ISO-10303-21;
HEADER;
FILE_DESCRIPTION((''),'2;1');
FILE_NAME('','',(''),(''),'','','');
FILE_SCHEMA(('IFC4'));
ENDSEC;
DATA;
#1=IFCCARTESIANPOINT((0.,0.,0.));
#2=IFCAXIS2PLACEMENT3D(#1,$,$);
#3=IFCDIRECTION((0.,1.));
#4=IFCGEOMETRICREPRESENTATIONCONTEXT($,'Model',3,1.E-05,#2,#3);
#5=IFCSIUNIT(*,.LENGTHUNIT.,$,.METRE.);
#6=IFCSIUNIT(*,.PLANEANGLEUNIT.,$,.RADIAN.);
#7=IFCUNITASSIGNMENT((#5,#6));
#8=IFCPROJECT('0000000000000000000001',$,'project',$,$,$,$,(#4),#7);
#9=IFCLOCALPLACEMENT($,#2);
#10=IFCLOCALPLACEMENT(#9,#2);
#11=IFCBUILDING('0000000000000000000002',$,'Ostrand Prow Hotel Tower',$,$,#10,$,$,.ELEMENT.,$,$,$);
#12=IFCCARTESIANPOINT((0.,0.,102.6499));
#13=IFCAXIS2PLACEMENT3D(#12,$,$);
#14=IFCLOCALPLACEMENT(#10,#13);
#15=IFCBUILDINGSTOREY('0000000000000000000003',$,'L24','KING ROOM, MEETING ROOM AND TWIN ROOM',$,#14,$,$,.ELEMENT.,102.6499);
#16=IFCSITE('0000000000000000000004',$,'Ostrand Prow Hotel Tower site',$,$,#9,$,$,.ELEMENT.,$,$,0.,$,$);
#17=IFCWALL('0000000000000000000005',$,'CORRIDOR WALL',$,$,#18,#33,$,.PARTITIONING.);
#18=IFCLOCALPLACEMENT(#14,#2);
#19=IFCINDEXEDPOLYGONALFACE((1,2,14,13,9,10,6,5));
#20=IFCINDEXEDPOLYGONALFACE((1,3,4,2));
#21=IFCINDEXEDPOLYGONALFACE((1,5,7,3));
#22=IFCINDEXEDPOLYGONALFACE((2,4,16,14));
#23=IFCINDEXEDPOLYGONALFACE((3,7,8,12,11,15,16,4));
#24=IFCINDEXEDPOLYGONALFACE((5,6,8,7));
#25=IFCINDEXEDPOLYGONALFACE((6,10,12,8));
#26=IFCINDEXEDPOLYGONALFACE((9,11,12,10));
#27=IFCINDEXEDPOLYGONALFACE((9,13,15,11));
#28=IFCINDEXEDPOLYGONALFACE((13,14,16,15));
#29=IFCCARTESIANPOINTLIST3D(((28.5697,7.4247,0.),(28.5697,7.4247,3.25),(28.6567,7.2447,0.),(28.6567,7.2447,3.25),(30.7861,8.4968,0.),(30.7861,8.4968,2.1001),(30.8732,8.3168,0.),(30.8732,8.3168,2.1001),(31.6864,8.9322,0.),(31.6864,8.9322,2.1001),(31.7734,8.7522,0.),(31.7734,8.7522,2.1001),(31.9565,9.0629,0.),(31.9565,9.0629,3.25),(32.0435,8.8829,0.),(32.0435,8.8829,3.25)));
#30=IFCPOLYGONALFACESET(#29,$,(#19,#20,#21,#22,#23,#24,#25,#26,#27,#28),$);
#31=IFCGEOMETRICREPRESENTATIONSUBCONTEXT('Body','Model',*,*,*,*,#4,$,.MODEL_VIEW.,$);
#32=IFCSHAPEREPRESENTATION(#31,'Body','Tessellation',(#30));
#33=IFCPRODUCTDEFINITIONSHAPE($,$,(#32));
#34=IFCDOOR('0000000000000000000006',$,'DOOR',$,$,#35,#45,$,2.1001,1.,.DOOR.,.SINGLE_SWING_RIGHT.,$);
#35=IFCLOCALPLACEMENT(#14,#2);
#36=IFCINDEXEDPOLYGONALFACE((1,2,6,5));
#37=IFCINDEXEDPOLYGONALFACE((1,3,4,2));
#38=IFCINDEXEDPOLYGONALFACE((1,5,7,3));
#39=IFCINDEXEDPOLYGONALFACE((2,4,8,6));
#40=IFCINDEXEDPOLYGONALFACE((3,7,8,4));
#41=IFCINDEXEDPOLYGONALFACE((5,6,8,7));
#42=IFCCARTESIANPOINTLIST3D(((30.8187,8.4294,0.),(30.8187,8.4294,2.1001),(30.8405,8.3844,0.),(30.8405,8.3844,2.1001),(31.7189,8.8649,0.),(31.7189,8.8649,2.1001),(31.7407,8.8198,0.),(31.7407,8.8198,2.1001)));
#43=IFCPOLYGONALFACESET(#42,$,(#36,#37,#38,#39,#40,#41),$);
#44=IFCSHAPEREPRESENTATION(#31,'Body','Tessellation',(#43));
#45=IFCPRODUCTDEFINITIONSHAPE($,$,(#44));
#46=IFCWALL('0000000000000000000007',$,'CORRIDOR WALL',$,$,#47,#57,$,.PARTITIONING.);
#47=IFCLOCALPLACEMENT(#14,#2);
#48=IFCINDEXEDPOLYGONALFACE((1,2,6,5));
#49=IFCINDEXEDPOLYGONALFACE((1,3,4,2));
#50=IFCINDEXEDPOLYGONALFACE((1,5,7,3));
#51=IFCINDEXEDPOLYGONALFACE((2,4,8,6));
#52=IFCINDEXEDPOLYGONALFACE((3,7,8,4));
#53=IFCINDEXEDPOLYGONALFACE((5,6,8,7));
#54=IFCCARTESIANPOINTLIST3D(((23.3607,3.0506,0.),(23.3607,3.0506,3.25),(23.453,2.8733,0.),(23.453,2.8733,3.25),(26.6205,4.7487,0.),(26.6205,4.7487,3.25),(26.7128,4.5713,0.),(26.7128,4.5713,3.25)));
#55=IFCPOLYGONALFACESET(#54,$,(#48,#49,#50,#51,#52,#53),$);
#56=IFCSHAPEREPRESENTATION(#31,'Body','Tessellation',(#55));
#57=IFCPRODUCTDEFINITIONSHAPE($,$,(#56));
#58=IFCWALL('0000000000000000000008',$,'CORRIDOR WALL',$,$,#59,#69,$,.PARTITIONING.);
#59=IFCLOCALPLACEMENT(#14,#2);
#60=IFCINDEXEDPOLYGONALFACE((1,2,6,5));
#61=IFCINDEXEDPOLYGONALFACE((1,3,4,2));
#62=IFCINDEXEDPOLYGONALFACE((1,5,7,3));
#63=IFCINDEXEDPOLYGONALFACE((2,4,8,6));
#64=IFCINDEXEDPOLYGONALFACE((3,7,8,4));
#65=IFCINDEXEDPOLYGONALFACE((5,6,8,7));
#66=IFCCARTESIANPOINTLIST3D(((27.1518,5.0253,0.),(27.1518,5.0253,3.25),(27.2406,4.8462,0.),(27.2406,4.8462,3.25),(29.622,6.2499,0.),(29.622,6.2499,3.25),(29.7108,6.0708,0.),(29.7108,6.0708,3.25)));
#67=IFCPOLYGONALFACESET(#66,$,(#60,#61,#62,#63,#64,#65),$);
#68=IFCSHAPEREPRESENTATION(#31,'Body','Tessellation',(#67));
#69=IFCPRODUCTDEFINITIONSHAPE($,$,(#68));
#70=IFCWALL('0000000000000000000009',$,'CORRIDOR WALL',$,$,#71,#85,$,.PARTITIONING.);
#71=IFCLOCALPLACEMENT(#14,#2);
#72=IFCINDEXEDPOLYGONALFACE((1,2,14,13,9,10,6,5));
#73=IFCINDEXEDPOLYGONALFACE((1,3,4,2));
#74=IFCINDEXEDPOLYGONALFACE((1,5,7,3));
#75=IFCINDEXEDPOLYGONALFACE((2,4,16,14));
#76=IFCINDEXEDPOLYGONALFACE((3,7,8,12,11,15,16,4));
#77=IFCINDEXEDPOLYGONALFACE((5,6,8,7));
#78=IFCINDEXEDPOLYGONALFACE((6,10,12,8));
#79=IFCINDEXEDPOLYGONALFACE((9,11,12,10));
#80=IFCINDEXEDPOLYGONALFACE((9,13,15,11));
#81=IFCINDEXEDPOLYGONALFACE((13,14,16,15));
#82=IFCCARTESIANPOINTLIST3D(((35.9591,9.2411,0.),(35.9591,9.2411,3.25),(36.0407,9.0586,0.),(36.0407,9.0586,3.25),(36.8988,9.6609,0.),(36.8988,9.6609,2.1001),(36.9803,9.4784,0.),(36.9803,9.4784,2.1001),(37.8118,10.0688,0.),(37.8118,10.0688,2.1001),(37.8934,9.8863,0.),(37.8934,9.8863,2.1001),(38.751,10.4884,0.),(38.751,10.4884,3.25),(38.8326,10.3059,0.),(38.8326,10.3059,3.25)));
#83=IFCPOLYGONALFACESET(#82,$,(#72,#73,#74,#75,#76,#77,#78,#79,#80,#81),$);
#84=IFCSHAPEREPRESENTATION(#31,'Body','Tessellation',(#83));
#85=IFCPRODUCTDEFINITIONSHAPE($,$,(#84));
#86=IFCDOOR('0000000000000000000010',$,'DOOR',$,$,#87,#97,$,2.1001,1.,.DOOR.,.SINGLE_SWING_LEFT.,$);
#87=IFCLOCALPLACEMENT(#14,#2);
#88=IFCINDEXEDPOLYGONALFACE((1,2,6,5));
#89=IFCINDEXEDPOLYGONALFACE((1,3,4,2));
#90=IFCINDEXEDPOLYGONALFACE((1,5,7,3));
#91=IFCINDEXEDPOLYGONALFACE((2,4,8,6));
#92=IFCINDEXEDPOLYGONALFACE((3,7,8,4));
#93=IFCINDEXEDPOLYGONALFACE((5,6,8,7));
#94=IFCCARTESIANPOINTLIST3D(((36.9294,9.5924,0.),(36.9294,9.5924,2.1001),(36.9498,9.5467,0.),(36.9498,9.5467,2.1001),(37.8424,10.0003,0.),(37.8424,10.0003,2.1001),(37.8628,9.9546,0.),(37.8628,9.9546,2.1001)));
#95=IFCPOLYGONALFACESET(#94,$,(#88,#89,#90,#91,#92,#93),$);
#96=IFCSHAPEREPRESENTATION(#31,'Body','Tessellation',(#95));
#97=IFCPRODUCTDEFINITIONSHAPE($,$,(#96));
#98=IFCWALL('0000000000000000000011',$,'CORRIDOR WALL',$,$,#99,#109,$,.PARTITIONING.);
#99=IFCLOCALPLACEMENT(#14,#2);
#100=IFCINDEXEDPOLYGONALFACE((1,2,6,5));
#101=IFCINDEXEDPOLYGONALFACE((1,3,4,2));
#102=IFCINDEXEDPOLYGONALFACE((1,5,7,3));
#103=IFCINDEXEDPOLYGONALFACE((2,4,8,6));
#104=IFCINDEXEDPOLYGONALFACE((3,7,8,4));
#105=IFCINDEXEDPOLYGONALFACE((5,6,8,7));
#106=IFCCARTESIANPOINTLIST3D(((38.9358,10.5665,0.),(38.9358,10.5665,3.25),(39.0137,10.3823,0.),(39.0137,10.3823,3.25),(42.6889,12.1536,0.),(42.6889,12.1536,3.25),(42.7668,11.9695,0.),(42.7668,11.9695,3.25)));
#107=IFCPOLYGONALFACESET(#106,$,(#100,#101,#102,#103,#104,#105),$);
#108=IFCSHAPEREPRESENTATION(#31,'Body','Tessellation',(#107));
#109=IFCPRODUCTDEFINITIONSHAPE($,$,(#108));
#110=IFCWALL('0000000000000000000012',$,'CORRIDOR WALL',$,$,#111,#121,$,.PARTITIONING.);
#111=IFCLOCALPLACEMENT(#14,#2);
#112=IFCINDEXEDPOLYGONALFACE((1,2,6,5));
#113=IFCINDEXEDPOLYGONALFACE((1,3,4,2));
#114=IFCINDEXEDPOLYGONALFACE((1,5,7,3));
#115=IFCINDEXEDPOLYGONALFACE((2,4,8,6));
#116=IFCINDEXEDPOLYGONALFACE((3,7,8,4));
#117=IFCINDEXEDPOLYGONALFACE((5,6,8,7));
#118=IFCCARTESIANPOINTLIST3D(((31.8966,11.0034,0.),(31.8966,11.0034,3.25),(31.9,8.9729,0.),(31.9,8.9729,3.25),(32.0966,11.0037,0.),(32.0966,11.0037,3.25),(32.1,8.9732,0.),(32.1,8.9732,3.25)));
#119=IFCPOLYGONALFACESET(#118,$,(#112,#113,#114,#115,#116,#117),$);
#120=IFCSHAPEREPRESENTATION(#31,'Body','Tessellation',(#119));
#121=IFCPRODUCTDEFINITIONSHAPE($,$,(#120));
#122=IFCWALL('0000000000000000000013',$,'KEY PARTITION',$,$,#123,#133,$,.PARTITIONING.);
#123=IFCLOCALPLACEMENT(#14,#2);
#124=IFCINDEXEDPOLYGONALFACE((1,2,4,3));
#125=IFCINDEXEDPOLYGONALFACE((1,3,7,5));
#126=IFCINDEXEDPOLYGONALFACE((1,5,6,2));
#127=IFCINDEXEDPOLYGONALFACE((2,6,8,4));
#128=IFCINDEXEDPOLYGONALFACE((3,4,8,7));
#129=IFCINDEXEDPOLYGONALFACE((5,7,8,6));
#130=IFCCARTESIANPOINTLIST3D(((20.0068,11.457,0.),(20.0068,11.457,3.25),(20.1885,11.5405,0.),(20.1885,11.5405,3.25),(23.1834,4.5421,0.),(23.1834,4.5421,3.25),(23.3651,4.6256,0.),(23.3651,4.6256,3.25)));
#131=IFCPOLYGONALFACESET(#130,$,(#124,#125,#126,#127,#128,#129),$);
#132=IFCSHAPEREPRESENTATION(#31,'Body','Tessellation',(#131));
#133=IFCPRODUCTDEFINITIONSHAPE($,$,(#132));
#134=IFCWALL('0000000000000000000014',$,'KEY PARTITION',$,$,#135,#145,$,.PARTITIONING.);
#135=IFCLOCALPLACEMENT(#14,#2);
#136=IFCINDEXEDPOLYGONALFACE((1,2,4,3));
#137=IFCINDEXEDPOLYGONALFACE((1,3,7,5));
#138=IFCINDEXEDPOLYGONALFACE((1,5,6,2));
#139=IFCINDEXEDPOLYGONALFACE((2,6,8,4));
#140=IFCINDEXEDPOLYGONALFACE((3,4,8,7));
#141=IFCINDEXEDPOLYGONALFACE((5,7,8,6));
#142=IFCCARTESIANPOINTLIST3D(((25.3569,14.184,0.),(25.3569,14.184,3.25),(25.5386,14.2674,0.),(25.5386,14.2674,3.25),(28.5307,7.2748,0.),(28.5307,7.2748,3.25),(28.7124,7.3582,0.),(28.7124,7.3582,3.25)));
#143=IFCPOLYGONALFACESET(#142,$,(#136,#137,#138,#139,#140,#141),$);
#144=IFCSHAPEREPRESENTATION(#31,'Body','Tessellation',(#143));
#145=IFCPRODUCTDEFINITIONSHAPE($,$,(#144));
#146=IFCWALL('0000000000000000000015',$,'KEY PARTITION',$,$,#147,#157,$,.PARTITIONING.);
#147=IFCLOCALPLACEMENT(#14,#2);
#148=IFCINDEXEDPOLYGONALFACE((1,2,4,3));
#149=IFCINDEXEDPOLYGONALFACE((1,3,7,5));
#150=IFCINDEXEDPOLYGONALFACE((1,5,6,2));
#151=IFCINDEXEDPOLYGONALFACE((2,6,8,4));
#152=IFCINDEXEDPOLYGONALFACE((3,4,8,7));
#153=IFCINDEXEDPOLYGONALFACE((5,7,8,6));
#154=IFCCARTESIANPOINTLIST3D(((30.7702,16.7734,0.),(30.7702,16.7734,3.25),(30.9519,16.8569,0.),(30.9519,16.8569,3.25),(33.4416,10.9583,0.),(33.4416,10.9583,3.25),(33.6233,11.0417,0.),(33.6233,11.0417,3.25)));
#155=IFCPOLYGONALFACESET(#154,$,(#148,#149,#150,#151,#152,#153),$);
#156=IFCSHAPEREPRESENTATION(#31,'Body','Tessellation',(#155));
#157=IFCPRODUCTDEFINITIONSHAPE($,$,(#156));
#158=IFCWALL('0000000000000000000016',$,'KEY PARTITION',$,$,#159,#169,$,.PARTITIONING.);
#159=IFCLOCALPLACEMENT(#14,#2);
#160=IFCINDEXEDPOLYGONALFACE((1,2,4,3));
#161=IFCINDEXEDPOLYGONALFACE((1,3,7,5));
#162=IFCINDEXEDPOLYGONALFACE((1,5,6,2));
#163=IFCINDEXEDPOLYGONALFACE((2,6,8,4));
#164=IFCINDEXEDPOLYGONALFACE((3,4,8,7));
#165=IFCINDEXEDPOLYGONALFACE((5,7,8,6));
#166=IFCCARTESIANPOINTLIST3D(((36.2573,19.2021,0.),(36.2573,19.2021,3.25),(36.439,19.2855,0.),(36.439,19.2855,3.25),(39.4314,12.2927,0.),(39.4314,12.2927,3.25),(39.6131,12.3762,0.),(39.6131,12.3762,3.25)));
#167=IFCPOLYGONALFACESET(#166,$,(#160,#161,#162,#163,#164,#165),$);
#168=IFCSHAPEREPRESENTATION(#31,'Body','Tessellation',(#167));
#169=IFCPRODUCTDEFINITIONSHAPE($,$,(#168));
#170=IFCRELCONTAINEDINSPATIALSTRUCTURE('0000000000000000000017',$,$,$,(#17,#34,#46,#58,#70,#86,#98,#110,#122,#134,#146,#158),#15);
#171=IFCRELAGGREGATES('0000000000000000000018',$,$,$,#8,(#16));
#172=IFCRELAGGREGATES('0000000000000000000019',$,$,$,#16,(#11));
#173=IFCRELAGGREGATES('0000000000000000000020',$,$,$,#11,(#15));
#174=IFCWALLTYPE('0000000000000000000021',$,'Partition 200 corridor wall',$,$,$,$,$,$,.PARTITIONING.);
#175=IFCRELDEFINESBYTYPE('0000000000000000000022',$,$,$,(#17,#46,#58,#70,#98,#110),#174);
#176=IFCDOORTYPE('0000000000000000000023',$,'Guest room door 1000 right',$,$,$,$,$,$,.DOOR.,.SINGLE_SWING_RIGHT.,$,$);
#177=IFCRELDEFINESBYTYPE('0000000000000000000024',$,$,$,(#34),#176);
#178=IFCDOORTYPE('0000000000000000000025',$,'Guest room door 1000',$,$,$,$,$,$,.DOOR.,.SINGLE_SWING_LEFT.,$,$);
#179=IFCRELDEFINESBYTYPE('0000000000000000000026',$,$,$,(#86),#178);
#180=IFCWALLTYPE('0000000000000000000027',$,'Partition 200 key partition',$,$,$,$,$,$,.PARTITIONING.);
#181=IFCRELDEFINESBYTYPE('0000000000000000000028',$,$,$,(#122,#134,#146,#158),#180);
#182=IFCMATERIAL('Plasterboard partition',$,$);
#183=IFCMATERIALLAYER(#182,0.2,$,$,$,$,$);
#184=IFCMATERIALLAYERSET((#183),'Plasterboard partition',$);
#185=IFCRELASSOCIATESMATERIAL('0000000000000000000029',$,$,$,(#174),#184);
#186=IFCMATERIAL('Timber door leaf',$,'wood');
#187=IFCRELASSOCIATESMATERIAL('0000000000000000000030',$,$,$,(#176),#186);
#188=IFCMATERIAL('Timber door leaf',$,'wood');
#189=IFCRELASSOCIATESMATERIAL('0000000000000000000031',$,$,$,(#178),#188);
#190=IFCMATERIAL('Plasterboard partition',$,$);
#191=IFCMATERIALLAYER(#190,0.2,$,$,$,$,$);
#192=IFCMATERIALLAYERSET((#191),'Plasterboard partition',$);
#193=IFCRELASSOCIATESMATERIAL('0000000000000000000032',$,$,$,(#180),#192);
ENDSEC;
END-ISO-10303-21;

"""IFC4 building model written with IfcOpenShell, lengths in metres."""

from ifc_helpers import new_model, si_unit, direction, frame, frame_2d, origin, place, context, subcontext, project, spatial, rectangle, extrude, material, layer, layer_set, type_object, element, fill, save


model = new_model("IFC4")

# Units and contexts
model_context = context("Model", 3, precision=1e-05, world=origin(), true_north=direction((0.0, 1.0)))
body_context = subcontext(model_context, "Body", "Model", "MODEL_VIEW")
ifc_project = project(units=[si_unit("LENGTHUNIT", "METRE"), si_unit("PLANEANGLEUNIT", "RADIAN")], contexts=[model_context])

# Site, building, storey
site_placement = place(None, origin())
site = spatial("IfcSite", under=ifc_project, at=site_placement, Name="Ostrand Prow Hotel Tower site", CompositionType="ELEMENT", RefElevation=0.0)
building_placement = place(site_placement, origin())
building = spatial("IfcBuilding", under=site, at=building_placement, Name="Ostrand Prow Hotel Tower", CompositionType="ELEMENT")
storey_placement = place(building_placement, frame((0.0, 0.0, 102.6499)))
storey = spatial("IfcBuildingStorey", under=building, at=storey_placement, Name="L24", Description="KING ROOM, MEETING ROOM AND TWIN ROOM", CompositionType="ELEMENT", Elevation=102.6499)

# Wall, opening, door
ifc_material_1 = material(Name="Plasterboard partition")
ifc_layer_1 = layer(ifc_material_1, 0.2)
ifc_layer_set_1 = layer_set([ifc_layer_1], Name="Plasterboard partition")
wall_type_1 = type_object("IfcWallType", Name="Partition 200 corridor wall", PredefinedType="PARTITIONING", material=ifc_layer_set_1)
wall_1_placement = place(storey_placement, frame((32.0, 8.9729, 0.0), z_axis=(0.0, 0.0, 1.0), x_axis=(-0.900217, -0.435442, 0.0)))
wall_1 = element("IfcWall", 1, at=wall_1_placement, inside=storey, type_object=wall_type_1, Name="CORRIDOR WALL", PredefinedType="PARTITIONING", context=body_context, shape_type="SweptSolid", body=[
    extrude(rectangle(XDim=3.7622, YDim=0.2, at=frame_2d((1.8811, 0.0))), origin(), (0.0, 0.0, 1.0), 3.25),
])
opening_1_placement = place(wall_1_placement, frame((0.3, 0.0, 0.0)))
opening_1 = element("IfcOpeningElement", 2, at=opening_1_placement, cuts=wall_1, PredefinedType="OPENING", context=body_context, shape_type="SweptSolid", body=[
    extrude(rectangle(XDim=1.0, YDim=2.1001, at=frame_2d((0.5, 1.05))), frame((0.0, 0.1099, 0.0), z_axis=(0.0, -1.0, 0.0), x_axis=(1.0, 0.0, 0.0)), (0.0, 0.0, 1.0), 0.22),
])
ifc_material_2 = material(Name="Timber door leaf", Category="wood")
door_type_1 = type_object("IfcDoorType", Name="Guest room door 1000 right", OperationType="SINGLE_SWING_RIGHT", PredefinedType="DOOR", material=ifc_material_2)
door_1_placement = place(opening_1_placement, origin())
door_1 = element("IfcDoor", 3, at=door_1_placement, inside=storey, type_object=door_type_1, Name="DOOR", OperationType="SINGLE_SWING_RIGHT", OverallHeight=2.1001, OverallWidth=1.0, PredefinedType="DOOR", context=body_context, shape_type="SweptSolid", body=[
    extrude(rectangle(XDim=1.0, YDim=2.1001, at=frame_2d((0.5, 1.05))), frame((0.0, 0.0249, 0.0), z_axis=(0.0, -1.0, 0.0), x_axis=(1.0, 0.0, 0.0)), (0.0, 0.0, 1.0), 0.05),
])
fill(opening_1, door_1)

# Walls
wall_2_placement = place(storey_placement, frame((23.4067, 2.9619, 0.0), z_axis=(0.0, 0.0, 1.0), x_axis=(0.886891, 0.461978, 0.0)))
element("IfcWall", 4, at=wall_2_placement, inside=storey, type_object=wall_type_1, Name="CORRIDOR WALL", PredefinedType="PARTITIONING", context=body_context, shape_type="SweptSolid", body=[
    extrude(rectangle(XDim=3.6755, YDim=0.2, at=frame_2d((1.8379, 0.0))), origin(), (0.0, 0.0, 1.0), 3.25),
])
wall_3_placement = place(storey_placement, frame((27.1963, 4.9358, 0.0), z_axis=(0.0, 0.0, 1.0), x_axis=(0.895945, 0.444165, 0.0)))
element("IfcWall", 5, at=wall_3_placement, inside=storey, type_object=wall_type_1, Name="CORRIDOR WALL", PredefinedType="PARTITIONING", context=body_context, shape_type="SweptSolid", body=[
    extrude(rectangle(XDim=2.7571, YDim=0.2, at=frame_2d((1.3784, 0.0))), origin(), (0.0, 0.0, 1.0), 3.25),
])

# Wall, opening, door
wall_4_placement = place(storey_placement, frame((36.0, 9.1499, 0.0), z_axis=(0.0, 0.0, 1.0), x_axis=(0.91303, 0.407893, 0.0)))
wall_4 = element("IfcWall", 6, at=wall_4_placement, inside=storey, type_object=wall_type_1, Name="CORRIDOR WALL", PredefinedType="PARTITIONING", context=body_context, shape_type="SweptSolid", body=[
    extrude(rectangle(XDim=3.0579, YDim=0.2, at=frame_2d((1.5288, 0.0))), origin(), (0.0, 0.0, 1.0), 3.25),
])
opening_2_placement = place(wall_4_placement, frame((1.0291, 0.0, 0.0)))
opening_2 = element("IfcOpeningElement", 7, at=opening_2_placement, cuts=wall_4, PredefinedType="OPENING", context=body_context, shape_type="SweptSolid", body=[
    extrude(rectangle(XDim=1.0, YDim=2.1001, at=frame_2d((0.5, 1.05))), frame((0.0, 0.1099, 0.0), z_axis=(0.0, -1.0, 0.0), x_axis=(1.0, 0.0, 0.0)), (0.0, 0.0, 1.0), 0.22),
])
ifc_material_3 = material(Name="Timber door leaf", Category="wood")
door_type_2 = type_object("IfcDoorType", Name="Guest room door 1000", OperationType="SINGLE_SWING_LEFT", PredefinedType="DOOR", material=ifc_material_3)
door_2_placement = place(opening_2_placement, origin())
door_2 = element("IfcDoor", 8, at=door_2_placement, inside=storey, type_object=door_type_2, Name="DOOR", OperationType="SINGLE_SWING_LEFT", OverallHeight=2.1001, OverallWidth=1.0, PredefinedType="DOOR", context=body_context, shape_type="SweptSolid", body=[
    extrude(rectangle(XDim=1.0, YDim=2.1001, at=frame_2d((0.5, 1.05))), frame((0.0, 0.0249, 0.0), z_axis=(0.0, -1.0, 0.0), x_axis=(1.0, 0.0, 0.0)), (0.0, 0.0, 1.0), 0.05),
])
fill(opening_2, door_2)

# Walls
wall_5_placement = place(storey_placement, frame((38.9746, 10.4744, 0.0), z_axis=(0.0, 0.0, 1.0), x_axis=(0.921031, 0.389489, 0.0)))
element("IfcWall", 9, at=wall_5_placement, inside=storey, type_object=wall_type_1, Name="CORRIDOR WALL", PredefinedType="PARTITIONING", context=body_context, shape_type="SweptSolid", body=[
    extrude(rectangle(XDim=4.075, YDim=0.2, at=frame_2d((2.0376, 0.0))), origin(), (0.0, 0.0, 1.0), 3.25),
])
wall_6_placement = place(storey_placement, frame((31.9966, 11.0034, 0.0), z_axis=(0.0, 0.0, 1.0), x_axis=(0.001683, -0.999999, 0.0)))
element("IfcWall", 10, at=wall_6_placement, inside=storey, type_object=wall_type_1, Name="CORRIDOR WALL", PredefinedType="PARTITIONING", context=body_context, shape_type="SweptSolid", body=[
    extrude(rectangle(XDim=2.0305, YDim=0.2, at=frame_2d((1.0151, 0.0))), origin(), (0.0, 0.0, 1.0), 3.25),
])
ifc_material_4 = material(Name="Plasterboard partition")
ifc_layer_2 = layer(ifc_material_4, 0.2)
ifc_layer_set_2 = layer_set([ifc_layer_2], Name="Plasterboard partition")
wall_type_2 = type_object("IfcWallType", Name="Partition 200 key partition", PredefinedType="PARTITIONING", material=ifc_layer_set_2)
wall_7_placement = place(storey_placement, frame((23.2742, 4.584, 0.0), z_axis=(0.0, 0.0, 1.0), x_axis=(-0.41744, 0.908704, 0.0)))
element("IfcWall", 11, at=wall_7_placement, inside=storey, type_object=wall_type_2, Name="KEY PARTITION", PredefinedType="PARTITIONING", context=body_context, shape_type="SweptSolid", body=[
    extrude(rectangle(XDim=7.6096, YDim=0.2, at=frame_2d((3.8047, 0.0))), origin(), (0.0, 0.0, 1.0), 3.25),
])
wall_8_placement = place(storey_placement, frame((28.6216, 7.3164, 0.0), z_axis=(0.0, 0.0, 1.0), x_axis=(-0.417429, 0.90871, 0.0)))
element("IfcWall", 12, at=wall_8_placement, inside=storey, type_object=wall_type_2, Name="KEY PARTITION", PredefinedType="PARTITIONING", context=body_context, shape_type="SweptSolid", body=[
    extrude(rectangle(XDim=7.6033, YDim=0.2, at=frame_2d((3.8018, 0.0))), origin(), (0.0, 0.0, 1.0), 3.25),
])
wall_9_placement = place(storey_placement, frame((33.5325, 11.0, 0.0), z_axis=(0.0, 0.0, 1.0), x_axis=(-0.417441, 0.908704, 0.0)))
element("IfcWall", 13, at=wall_9_placement, inside=storey, type_object=wall_type_2, Name="KEY PARTITION", PredefinedType="PARTITIONING", context=body_context, shape_type="SweptSolid", body=[
    extrude(rectangle(XDim=6.3994, YDim=0.2, at=frame_2d((3.1997, 0.0))), origin(), (0.0, 0.0, 1.0), 3.25),
])
wall_10_placement = place(storey_placement, frame((39.5222, 12.3345, 0.0), z_axis=(0.0, 0.0, 1.0), x_axis=(-0.417443, 0.908703, 0.0)))
element("IfcWall", 14, at=wall_10_placement, inside=storey, type_object=wall_type_2, Name="KEY PARTITION", PredefinedType="PARTITIONING", context=body_context, shape_type="SweptSolid", body=[
    extrude(rectangle(XDim=7.6035, YDim=0.2, at=frame_2d((3.8018, 0.0))), origin(), (0.0, 0.0, 1.0), 3.25),
])

save(model, "model.ifc")
